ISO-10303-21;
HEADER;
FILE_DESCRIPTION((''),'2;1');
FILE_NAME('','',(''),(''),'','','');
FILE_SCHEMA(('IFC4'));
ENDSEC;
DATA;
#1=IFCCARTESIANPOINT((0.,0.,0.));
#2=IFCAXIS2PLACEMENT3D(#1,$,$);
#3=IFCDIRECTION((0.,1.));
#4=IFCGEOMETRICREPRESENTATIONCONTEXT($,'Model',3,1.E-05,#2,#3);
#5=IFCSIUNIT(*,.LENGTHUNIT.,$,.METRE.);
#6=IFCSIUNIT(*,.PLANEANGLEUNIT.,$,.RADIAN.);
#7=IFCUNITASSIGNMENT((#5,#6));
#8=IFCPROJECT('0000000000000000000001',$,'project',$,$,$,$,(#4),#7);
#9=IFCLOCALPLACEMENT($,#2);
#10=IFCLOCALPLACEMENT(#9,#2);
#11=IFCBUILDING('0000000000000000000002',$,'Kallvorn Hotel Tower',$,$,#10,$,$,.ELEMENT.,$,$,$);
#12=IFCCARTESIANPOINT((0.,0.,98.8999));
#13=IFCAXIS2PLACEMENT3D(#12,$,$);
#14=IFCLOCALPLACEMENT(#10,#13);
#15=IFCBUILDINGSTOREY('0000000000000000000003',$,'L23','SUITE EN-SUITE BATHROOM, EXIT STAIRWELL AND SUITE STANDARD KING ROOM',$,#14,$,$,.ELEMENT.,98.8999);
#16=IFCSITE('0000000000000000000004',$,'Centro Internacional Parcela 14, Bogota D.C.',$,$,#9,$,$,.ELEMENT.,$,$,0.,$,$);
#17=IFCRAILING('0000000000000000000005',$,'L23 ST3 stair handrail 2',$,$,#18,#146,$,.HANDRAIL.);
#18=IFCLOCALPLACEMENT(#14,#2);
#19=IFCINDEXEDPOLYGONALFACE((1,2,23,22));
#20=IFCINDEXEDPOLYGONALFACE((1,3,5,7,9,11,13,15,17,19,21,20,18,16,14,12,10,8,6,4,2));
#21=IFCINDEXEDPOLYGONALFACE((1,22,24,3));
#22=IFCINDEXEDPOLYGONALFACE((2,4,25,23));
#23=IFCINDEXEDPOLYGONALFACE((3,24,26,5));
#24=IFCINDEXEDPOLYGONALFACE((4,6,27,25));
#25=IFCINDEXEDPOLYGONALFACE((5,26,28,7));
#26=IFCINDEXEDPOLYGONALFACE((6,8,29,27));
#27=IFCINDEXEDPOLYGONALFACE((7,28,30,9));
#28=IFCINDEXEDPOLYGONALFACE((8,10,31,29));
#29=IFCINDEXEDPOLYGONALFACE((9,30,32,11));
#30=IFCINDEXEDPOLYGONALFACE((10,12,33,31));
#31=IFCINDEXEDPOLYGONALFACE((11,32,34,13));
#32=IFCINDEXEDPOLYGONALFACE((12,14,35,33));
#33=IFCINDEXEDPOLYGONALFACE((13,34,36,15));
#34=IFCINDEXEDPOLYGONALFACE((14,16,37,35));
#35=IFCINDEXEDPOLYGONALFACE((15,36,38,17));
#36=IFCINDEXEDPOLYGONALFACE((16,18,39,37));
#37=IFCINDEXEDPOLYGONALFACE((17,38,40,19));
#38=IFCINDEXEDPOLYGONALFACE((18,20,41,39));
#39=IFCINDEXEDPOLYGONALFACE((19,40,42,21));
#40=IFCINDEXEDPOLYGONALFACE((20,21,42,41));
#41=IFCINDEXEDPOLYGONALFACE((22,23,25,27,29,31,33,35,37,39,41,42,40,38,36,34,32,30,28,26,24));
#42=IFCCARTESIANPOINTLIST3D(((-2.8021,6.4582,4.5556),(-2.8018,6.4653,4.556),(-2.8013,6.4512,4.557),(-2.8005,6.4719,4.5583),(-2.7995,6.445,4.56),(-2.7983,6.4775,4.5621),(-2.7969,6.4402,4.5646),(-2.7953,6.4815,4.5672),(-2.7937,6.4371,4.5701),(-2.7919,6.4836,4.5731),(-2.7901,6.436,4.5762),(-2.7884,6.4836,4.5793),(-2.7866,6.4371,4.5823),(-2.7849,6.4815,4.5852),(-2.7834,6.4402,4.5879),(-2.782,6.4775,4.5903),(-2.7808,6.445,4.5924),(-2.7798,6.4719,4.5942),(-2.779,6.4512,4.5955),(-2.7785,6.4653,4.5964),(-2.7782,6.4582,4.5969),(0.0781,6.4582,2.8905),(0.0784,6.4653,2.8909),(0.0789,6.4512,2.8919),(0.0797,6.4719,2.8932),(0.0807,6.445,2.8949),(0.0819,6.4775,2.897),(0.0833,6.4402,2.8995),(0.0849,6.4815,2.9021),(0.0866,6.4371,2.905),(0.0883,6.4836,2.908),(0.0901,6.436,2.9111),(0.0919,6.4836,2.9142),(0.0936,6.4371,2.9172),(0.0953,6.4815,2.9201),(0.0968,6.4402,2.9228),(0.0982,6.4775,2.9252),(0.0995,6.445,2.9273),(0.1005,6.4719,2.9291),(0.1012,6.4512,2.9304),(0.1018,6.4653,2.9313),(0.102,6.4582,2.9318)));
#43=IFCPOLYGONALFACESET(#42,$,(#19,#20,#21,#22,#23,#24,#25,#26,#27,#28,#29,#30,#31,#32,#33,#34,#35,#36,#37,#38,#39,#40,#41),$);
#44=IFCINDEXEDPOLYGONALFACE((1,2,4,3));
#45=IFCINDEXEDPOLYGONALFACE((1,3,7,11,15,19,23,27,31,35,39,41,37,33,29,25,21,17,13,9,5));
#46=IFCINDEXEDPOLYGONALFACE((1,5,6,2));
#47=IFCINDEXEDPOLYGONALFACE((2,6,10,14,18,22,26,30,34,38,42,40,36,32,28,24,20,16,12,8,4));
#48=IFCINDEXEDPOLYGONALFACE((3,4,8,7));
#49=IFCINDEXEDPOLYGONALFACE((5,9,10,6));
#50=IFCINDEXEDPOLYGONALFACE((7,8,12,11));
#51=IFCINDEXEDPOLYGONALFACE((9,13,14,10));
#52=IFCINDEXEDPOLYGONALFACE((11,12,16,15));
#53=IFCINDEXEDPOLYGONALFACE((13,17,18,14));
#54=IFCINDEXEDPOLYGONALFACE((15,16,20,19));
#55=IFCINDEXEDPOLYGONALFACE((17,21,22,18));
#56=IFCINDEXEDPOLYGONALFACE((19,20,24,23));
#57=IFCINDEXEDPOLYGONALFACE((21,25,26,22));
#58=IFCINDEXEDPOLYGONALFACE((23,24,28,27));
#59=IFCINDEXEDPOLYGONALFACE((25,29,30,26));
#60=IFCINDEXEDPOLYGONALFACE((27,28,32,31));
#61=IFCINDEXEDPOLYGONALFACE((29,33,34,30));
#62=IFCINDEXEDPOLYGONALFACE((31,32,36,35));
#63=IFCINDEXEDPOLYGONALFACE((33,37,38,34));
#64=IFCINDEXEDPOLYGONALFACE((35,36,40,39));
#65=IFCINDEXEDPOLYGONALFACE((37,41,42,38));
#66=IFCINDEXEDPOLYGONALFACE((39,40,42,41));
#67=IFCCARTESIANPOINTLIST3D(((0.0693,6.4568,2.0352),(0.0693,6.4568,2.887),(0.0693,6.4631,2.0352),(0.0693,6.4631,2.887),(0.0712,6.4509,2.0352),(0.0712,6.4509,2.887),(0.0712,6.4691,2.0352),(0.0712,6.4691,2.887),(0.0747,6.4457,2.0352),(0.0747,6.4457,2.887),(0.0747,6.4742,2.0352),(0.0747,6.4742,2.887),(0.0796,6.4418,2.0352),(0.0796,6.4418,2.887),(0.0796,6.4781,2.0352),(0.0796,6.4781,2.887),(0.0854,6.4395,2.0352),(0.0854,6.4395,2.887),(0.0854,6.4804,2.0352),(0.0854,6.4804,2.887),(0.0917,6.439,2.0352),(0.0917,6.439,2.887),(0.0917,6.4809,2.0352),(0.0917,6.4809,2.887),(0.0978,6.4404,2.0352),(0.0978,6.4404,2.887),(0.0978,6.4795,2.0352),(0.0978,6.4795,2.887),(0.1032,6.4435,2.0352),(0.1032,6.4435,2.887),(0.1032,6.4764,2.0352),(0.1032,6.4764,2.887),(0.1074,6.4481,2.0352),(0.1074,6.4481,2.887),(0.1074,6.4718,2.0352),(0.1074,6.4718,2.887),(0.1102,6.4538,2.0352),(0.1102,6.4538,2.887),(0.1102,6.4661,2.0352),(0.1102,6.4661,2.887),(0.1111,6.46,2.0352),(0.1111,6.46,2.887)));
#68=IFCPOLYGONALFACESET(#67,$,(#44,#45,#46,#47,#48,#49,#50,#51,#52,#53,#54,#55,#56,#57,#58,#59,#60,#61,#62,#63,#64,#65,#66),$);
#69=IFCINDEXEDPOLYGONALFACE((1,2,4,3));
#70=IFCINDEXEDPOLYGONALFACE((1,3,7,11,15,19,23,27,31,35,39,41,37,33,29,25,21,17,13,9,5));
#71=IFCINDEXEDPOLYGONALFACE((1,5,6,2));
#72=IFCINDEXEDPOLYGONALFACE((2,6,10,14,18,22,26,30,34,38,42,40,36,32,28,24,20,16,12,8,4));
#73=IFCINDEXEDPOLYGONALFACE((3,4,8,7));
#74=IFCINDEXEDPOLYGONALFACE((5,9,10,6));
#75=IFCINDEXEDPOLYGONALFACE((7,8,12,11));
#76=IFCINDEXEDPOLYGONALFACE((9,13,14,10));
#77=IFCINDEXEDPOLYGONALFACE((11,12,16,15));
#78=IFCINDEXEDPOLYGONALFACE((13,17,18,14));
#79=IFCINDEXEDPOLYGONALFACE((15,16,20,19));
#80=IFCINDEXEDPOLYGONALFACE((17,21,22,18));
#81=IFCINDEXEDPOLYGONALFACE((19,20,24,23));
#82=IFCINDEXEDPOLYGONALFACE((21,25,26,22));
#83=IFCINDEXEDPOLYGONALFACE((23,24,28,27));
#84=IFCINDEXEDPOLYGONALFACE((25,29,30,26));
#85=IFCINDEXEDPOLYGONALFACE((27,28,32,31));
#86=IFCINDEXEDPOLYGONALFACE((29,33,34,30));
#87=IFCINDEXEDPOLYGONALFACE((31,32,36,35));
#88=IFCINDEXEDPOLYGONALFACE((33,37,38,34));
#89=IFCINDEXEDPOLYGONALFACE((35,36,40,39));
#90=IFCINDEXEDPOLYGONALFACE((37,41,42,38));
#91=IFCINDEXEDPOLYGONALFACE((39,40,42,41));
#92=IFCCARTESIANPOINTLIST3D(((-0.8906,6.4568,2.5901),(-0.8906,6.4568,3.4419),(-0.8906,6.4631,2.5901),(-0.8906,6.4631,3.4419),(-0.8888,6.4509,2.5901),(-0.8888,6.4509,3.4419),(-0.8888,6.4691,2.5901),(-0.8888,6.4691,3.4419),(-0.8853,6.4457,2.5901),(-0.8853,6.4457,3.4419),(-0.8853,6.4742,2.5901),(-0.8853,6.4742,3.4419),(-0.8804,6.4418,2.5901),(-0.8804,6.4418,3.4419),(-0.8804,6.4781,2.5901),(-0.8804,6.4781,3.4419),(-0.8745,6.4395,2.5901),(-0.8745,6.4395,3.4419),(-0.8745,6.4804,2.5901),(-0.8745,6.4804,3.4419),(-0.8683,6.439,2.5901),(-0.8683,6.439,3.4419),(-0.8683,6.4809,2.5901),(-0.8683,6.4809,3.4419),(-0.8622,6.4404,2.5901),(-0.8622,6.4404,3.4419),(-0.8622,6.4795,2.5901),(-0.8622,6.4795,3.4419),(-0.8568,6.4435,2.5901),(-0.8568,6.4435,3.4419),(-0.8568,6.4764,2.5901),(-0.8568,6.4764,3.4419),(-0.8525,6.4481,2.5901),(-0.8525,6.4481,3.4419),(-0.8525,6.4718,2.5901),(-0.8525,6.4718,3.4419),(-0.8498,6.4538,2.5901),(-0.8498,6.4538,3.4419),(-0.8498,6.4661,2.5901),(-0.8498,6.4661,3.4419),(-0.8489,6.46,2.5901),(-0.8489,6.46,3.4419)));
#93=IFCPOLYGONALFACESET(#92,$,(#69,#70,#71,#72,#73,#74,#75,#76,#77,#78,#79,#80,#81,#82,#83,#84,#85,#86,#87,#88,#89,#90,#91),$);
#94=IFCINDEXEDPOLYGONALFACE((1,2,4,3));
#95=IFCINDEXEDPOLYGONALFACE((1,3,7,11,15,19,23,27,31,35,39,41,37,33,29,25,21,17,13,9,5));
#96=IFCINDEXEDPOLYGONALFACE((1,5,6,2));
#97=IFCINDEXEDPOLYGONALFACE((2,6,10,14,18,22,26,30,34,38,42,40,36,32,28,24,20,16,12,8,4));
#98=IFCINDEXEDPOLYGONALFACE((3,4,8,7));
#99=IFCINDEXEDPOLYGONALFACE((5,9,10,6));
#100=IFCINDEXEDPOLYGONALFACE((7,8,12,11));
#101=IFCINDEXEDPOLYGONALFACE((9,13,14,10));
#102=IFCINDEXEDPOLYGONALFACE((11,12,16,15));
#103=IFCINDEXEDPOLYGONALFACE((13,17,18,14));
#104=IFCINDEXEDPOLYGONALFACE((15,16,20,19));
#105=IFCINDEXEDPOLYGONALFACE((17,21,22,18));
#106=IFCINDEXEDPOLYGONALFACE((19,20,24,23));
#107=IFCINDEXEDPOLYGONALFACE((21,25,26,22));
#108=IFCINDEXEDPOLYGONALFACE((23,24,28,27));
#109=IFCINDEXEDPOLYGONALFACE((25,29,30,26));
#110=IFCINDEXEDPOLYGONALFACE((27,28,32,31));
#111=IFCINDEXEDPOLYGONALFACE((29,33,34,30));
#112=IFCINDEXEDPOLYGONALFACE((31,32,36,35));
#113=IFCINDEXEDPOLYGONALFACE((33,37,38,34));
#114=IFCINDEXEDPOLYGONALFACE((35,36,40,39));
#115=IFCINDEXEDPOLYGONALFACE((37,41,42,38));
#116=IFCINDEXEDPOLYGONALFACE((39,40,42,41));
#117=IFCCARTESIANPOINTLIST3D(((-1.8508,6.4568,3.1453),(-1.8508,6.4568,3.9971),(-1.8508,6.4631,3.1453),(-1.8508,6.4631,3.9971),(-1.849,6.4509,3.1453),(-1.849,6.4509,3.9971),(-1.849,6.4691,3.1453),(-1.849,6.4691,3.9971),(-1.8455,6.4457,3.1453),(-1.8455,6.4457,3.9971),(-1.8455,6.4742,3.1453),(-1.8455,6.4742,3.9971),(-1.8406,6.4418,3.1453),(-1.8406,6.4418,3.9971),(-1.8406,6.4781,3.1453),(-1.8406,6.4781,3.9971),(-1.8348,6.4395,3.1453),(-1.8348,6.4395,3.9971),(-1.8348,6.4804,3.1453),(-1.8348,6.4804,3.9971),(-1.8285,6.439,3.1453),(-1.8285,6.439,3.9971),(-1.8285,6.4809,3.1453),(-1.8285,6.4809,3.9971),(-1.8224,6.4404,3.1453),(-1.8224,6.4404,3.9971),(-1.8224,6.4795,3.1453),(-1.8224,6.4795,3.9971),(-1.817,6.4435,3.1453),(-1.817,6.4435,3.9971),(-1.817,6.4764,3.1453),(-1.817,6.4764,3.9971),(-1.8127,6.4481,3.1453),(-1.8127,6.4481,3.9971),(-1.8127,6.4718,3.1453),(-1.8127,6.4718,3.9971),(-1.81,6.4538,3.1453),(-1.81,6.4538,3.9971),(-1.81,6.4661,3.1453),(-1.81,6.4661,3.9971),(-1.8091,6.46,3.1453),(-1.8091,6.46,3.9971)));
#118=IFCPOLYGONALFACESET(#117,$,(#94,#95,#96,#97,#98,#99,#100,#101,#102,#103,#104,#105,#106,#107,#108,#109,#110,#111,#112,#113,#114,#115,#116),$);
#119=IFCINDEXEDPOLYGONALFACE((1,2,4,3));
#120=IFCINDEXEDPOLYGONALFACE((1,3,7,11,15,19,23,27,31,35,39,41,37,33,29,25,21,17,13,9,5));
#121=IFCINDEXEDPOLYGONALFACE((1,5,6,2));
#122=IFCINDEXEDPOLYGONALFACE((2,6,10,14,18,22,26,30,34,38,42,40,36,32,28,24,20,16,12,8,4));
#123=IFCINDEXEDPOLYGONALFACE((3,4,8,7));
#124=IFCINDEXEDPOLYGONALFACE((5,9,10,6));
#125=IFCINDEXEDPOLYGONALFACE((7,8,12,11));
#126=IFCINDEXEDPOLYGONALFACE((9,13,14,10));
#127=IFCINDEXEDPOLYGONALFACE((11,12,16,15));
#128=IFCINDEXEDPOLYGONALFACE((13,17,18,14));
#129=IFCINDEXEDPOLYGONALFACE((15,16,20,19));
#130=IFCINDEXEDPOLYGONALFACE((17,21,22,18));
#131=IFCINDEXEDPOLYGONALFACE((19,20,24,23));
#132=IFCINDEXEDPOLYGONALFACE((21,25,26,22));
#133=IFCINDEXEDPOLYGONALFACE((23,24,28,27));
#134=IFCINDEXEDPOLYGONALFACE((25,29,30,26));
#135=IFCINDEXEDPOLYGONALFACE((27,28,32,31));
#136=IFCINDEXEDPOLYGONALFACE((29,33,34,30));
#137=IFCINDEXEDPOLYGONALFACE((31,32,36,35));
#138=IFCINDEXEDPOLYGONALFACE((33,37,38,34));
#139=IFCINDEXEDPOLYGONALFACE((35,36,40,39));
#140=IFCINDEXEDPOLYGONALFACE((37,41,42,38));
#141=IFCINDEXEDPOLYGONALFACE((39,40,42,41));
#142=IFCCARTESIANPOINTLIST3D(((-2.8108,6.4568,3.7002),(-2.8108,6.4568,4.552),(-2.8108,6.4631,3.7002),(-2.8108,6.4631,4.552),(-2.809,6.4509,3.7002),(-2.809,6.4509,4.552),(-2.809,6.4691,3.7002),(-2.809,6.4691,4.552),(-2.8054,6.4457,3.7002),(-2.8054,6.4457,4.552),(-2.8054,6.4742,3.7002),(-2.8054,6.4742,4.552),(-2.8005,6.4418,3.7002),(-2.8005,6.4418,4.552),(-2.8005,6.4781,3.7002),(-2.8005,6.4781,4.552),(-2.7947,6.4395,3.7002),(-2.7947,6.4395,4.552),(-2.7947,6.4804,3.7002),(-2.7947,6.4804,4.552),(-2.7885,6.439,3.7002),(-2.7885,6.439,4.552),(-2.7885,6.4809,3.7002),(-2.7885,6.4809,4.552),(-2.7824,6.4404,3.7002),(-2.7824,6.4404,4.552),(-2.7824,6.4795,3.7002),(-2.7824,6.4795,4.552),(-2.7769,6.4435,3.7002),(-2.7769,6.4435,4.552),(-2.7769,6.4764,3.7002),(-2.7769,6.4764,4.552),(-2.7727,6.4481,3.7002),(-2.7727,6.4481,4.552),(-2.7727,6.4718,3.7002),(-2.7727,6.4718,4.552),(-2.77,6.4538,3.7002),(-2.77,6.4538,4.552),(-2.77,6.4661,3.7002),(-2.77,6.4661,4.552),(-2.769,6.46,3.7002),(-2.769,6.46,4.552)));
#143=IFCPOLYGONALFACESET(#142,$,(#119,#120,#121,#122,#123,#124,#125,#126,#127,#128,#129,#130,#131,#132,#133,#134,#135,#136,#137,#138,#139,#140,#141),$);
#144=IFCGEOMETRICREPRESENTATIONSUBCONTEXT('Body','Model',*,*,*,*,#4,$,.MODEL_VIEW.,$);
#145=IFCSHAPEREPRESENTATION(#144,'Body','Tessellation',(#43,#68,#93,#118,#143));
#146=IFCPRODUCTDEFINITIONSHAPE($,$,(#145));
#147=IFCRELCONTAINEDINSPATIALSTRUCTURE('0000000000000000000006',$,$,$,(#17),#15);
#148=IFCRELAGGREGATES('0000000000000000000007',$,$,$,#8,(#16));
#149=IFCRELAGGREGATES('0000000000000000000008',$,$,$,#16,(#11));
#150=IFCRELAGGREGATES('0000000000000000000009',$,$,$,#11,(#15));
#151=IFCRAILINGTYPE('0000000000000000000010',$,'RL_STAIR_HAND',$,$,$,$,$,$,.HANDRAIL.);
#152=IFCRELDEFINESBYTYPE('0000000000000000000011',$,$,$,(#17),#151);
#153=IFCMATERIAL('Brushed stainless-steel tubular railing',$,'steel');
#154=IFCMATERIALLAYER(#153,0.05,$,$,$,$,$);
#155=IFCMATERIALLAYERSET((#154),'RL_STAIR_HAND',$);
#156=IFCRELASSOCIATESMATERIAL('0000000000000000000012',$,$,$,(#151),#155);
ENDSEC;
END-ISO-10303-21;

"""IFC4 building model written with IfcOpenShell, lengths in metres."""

from ifc_helpers import new_model, si_unit, direction, frame, origin, origin_2d, place, context, subcontext, project, spatial, circle, extrude, material, layer, layer_set, type_object, element, save


model = new_model("IFC4")

# Units and contexts
model_context = context("Model", 3, precision=1e-05, world=origin(), true_north=direction((0.0, 1.0)))
body_context = subcontext(model_context, "Body", "Model", "MODEL_VIEW")
ifc_project = project(units=[si_unit("LENGTHUNIT", "METRE"), si_unit("PLANEANGLEUNIT", "RADIAN")], contexts=[model_context])

# Site, building, storey
site_placement = place(None, origin())
site = spatial("IfcSite", under=ifc_project, at=site_placement, Name="Centro Internacional Parcela 14, Bogota D.C.", CompositionType="ELEMENT", RefElevation=0.0)
building_placement = place(site_placement, origin())
building = spatial("IfcBuilding", under=site, at=building_placement, Name="Kallvorn Hotel Tower", CompositionType="ELEMENT")
storey_placement = place(building_placement, frame((0.0, 0.0, 98.8999)))
storey = spatial("IfcBuildingStorey", under=building, at=storey_placement, Name="L23", Description="SUITE EN-SUITE BATHROOM, EXIT STAIRWELL AND SUITE STANDARD KING ROOM", CompositionType="ELEMENT", Elevation=98.8999)

# Railing
ifc_material_1 = material(Name="Brushed stainless-steel tubular railing", Category="steel")
ifc_layer_1 = layer(ifc_material_1, 0.05)
ifc_layer_set_1 = layer_set([ifc_layer_1], Name="RL_STAIR_HAND")
railing_type_1 = type_object("IfcRailingType", Name="RL_STAIR_HAND", PredefinedType="HANDRAIL", material=ifc_layer_set_1)
railing_1_placement = place(storey_placement, frame((0.0901, 6.46, 2.0352)))
element("IfcRailing", 1, at=railing_1_placement, inside=storey, type_object=railing_type_1, Name="L23 ST3 stair handrail 2", PredefinedType="HANDRAIL", context=body_context, shape_type="SweptSolid", body=[
    extrude(circle(Radius=0.0239, at=origin_2d()), frame((0.0, 0.0, 0.876), z_axis=(-0.865739, 0.0, 0.500495), x_axis=(0.0, -1.0, 0.0)), (0.0, 0.0, 1.0), 3.3269),
    extrude(circle(Radius=0.021, at=origin_2d()), origin(), (0.0, 0.0, 1.0), 0.8518),
    extrude(circle(Radius=0.021, at=origin_2d()), frame((-0.96, 0.0, 0.5549)), (0.0, 0.0, 1.0), 0.8518),
    extrude(circle(Radius=0.021, at=origin_2d()), frame((-1.9202, 0.0, 1.1101)), (0.0, 0.0, 1.0), 0.8518),
    extrude(circle(Radius=0.021, at=origin_2d()), frame((-2.8801, 0.0, 1.665)), (0.0, 0.0, 1.0), 0.8518),
])

save(model, "model.ifc")
